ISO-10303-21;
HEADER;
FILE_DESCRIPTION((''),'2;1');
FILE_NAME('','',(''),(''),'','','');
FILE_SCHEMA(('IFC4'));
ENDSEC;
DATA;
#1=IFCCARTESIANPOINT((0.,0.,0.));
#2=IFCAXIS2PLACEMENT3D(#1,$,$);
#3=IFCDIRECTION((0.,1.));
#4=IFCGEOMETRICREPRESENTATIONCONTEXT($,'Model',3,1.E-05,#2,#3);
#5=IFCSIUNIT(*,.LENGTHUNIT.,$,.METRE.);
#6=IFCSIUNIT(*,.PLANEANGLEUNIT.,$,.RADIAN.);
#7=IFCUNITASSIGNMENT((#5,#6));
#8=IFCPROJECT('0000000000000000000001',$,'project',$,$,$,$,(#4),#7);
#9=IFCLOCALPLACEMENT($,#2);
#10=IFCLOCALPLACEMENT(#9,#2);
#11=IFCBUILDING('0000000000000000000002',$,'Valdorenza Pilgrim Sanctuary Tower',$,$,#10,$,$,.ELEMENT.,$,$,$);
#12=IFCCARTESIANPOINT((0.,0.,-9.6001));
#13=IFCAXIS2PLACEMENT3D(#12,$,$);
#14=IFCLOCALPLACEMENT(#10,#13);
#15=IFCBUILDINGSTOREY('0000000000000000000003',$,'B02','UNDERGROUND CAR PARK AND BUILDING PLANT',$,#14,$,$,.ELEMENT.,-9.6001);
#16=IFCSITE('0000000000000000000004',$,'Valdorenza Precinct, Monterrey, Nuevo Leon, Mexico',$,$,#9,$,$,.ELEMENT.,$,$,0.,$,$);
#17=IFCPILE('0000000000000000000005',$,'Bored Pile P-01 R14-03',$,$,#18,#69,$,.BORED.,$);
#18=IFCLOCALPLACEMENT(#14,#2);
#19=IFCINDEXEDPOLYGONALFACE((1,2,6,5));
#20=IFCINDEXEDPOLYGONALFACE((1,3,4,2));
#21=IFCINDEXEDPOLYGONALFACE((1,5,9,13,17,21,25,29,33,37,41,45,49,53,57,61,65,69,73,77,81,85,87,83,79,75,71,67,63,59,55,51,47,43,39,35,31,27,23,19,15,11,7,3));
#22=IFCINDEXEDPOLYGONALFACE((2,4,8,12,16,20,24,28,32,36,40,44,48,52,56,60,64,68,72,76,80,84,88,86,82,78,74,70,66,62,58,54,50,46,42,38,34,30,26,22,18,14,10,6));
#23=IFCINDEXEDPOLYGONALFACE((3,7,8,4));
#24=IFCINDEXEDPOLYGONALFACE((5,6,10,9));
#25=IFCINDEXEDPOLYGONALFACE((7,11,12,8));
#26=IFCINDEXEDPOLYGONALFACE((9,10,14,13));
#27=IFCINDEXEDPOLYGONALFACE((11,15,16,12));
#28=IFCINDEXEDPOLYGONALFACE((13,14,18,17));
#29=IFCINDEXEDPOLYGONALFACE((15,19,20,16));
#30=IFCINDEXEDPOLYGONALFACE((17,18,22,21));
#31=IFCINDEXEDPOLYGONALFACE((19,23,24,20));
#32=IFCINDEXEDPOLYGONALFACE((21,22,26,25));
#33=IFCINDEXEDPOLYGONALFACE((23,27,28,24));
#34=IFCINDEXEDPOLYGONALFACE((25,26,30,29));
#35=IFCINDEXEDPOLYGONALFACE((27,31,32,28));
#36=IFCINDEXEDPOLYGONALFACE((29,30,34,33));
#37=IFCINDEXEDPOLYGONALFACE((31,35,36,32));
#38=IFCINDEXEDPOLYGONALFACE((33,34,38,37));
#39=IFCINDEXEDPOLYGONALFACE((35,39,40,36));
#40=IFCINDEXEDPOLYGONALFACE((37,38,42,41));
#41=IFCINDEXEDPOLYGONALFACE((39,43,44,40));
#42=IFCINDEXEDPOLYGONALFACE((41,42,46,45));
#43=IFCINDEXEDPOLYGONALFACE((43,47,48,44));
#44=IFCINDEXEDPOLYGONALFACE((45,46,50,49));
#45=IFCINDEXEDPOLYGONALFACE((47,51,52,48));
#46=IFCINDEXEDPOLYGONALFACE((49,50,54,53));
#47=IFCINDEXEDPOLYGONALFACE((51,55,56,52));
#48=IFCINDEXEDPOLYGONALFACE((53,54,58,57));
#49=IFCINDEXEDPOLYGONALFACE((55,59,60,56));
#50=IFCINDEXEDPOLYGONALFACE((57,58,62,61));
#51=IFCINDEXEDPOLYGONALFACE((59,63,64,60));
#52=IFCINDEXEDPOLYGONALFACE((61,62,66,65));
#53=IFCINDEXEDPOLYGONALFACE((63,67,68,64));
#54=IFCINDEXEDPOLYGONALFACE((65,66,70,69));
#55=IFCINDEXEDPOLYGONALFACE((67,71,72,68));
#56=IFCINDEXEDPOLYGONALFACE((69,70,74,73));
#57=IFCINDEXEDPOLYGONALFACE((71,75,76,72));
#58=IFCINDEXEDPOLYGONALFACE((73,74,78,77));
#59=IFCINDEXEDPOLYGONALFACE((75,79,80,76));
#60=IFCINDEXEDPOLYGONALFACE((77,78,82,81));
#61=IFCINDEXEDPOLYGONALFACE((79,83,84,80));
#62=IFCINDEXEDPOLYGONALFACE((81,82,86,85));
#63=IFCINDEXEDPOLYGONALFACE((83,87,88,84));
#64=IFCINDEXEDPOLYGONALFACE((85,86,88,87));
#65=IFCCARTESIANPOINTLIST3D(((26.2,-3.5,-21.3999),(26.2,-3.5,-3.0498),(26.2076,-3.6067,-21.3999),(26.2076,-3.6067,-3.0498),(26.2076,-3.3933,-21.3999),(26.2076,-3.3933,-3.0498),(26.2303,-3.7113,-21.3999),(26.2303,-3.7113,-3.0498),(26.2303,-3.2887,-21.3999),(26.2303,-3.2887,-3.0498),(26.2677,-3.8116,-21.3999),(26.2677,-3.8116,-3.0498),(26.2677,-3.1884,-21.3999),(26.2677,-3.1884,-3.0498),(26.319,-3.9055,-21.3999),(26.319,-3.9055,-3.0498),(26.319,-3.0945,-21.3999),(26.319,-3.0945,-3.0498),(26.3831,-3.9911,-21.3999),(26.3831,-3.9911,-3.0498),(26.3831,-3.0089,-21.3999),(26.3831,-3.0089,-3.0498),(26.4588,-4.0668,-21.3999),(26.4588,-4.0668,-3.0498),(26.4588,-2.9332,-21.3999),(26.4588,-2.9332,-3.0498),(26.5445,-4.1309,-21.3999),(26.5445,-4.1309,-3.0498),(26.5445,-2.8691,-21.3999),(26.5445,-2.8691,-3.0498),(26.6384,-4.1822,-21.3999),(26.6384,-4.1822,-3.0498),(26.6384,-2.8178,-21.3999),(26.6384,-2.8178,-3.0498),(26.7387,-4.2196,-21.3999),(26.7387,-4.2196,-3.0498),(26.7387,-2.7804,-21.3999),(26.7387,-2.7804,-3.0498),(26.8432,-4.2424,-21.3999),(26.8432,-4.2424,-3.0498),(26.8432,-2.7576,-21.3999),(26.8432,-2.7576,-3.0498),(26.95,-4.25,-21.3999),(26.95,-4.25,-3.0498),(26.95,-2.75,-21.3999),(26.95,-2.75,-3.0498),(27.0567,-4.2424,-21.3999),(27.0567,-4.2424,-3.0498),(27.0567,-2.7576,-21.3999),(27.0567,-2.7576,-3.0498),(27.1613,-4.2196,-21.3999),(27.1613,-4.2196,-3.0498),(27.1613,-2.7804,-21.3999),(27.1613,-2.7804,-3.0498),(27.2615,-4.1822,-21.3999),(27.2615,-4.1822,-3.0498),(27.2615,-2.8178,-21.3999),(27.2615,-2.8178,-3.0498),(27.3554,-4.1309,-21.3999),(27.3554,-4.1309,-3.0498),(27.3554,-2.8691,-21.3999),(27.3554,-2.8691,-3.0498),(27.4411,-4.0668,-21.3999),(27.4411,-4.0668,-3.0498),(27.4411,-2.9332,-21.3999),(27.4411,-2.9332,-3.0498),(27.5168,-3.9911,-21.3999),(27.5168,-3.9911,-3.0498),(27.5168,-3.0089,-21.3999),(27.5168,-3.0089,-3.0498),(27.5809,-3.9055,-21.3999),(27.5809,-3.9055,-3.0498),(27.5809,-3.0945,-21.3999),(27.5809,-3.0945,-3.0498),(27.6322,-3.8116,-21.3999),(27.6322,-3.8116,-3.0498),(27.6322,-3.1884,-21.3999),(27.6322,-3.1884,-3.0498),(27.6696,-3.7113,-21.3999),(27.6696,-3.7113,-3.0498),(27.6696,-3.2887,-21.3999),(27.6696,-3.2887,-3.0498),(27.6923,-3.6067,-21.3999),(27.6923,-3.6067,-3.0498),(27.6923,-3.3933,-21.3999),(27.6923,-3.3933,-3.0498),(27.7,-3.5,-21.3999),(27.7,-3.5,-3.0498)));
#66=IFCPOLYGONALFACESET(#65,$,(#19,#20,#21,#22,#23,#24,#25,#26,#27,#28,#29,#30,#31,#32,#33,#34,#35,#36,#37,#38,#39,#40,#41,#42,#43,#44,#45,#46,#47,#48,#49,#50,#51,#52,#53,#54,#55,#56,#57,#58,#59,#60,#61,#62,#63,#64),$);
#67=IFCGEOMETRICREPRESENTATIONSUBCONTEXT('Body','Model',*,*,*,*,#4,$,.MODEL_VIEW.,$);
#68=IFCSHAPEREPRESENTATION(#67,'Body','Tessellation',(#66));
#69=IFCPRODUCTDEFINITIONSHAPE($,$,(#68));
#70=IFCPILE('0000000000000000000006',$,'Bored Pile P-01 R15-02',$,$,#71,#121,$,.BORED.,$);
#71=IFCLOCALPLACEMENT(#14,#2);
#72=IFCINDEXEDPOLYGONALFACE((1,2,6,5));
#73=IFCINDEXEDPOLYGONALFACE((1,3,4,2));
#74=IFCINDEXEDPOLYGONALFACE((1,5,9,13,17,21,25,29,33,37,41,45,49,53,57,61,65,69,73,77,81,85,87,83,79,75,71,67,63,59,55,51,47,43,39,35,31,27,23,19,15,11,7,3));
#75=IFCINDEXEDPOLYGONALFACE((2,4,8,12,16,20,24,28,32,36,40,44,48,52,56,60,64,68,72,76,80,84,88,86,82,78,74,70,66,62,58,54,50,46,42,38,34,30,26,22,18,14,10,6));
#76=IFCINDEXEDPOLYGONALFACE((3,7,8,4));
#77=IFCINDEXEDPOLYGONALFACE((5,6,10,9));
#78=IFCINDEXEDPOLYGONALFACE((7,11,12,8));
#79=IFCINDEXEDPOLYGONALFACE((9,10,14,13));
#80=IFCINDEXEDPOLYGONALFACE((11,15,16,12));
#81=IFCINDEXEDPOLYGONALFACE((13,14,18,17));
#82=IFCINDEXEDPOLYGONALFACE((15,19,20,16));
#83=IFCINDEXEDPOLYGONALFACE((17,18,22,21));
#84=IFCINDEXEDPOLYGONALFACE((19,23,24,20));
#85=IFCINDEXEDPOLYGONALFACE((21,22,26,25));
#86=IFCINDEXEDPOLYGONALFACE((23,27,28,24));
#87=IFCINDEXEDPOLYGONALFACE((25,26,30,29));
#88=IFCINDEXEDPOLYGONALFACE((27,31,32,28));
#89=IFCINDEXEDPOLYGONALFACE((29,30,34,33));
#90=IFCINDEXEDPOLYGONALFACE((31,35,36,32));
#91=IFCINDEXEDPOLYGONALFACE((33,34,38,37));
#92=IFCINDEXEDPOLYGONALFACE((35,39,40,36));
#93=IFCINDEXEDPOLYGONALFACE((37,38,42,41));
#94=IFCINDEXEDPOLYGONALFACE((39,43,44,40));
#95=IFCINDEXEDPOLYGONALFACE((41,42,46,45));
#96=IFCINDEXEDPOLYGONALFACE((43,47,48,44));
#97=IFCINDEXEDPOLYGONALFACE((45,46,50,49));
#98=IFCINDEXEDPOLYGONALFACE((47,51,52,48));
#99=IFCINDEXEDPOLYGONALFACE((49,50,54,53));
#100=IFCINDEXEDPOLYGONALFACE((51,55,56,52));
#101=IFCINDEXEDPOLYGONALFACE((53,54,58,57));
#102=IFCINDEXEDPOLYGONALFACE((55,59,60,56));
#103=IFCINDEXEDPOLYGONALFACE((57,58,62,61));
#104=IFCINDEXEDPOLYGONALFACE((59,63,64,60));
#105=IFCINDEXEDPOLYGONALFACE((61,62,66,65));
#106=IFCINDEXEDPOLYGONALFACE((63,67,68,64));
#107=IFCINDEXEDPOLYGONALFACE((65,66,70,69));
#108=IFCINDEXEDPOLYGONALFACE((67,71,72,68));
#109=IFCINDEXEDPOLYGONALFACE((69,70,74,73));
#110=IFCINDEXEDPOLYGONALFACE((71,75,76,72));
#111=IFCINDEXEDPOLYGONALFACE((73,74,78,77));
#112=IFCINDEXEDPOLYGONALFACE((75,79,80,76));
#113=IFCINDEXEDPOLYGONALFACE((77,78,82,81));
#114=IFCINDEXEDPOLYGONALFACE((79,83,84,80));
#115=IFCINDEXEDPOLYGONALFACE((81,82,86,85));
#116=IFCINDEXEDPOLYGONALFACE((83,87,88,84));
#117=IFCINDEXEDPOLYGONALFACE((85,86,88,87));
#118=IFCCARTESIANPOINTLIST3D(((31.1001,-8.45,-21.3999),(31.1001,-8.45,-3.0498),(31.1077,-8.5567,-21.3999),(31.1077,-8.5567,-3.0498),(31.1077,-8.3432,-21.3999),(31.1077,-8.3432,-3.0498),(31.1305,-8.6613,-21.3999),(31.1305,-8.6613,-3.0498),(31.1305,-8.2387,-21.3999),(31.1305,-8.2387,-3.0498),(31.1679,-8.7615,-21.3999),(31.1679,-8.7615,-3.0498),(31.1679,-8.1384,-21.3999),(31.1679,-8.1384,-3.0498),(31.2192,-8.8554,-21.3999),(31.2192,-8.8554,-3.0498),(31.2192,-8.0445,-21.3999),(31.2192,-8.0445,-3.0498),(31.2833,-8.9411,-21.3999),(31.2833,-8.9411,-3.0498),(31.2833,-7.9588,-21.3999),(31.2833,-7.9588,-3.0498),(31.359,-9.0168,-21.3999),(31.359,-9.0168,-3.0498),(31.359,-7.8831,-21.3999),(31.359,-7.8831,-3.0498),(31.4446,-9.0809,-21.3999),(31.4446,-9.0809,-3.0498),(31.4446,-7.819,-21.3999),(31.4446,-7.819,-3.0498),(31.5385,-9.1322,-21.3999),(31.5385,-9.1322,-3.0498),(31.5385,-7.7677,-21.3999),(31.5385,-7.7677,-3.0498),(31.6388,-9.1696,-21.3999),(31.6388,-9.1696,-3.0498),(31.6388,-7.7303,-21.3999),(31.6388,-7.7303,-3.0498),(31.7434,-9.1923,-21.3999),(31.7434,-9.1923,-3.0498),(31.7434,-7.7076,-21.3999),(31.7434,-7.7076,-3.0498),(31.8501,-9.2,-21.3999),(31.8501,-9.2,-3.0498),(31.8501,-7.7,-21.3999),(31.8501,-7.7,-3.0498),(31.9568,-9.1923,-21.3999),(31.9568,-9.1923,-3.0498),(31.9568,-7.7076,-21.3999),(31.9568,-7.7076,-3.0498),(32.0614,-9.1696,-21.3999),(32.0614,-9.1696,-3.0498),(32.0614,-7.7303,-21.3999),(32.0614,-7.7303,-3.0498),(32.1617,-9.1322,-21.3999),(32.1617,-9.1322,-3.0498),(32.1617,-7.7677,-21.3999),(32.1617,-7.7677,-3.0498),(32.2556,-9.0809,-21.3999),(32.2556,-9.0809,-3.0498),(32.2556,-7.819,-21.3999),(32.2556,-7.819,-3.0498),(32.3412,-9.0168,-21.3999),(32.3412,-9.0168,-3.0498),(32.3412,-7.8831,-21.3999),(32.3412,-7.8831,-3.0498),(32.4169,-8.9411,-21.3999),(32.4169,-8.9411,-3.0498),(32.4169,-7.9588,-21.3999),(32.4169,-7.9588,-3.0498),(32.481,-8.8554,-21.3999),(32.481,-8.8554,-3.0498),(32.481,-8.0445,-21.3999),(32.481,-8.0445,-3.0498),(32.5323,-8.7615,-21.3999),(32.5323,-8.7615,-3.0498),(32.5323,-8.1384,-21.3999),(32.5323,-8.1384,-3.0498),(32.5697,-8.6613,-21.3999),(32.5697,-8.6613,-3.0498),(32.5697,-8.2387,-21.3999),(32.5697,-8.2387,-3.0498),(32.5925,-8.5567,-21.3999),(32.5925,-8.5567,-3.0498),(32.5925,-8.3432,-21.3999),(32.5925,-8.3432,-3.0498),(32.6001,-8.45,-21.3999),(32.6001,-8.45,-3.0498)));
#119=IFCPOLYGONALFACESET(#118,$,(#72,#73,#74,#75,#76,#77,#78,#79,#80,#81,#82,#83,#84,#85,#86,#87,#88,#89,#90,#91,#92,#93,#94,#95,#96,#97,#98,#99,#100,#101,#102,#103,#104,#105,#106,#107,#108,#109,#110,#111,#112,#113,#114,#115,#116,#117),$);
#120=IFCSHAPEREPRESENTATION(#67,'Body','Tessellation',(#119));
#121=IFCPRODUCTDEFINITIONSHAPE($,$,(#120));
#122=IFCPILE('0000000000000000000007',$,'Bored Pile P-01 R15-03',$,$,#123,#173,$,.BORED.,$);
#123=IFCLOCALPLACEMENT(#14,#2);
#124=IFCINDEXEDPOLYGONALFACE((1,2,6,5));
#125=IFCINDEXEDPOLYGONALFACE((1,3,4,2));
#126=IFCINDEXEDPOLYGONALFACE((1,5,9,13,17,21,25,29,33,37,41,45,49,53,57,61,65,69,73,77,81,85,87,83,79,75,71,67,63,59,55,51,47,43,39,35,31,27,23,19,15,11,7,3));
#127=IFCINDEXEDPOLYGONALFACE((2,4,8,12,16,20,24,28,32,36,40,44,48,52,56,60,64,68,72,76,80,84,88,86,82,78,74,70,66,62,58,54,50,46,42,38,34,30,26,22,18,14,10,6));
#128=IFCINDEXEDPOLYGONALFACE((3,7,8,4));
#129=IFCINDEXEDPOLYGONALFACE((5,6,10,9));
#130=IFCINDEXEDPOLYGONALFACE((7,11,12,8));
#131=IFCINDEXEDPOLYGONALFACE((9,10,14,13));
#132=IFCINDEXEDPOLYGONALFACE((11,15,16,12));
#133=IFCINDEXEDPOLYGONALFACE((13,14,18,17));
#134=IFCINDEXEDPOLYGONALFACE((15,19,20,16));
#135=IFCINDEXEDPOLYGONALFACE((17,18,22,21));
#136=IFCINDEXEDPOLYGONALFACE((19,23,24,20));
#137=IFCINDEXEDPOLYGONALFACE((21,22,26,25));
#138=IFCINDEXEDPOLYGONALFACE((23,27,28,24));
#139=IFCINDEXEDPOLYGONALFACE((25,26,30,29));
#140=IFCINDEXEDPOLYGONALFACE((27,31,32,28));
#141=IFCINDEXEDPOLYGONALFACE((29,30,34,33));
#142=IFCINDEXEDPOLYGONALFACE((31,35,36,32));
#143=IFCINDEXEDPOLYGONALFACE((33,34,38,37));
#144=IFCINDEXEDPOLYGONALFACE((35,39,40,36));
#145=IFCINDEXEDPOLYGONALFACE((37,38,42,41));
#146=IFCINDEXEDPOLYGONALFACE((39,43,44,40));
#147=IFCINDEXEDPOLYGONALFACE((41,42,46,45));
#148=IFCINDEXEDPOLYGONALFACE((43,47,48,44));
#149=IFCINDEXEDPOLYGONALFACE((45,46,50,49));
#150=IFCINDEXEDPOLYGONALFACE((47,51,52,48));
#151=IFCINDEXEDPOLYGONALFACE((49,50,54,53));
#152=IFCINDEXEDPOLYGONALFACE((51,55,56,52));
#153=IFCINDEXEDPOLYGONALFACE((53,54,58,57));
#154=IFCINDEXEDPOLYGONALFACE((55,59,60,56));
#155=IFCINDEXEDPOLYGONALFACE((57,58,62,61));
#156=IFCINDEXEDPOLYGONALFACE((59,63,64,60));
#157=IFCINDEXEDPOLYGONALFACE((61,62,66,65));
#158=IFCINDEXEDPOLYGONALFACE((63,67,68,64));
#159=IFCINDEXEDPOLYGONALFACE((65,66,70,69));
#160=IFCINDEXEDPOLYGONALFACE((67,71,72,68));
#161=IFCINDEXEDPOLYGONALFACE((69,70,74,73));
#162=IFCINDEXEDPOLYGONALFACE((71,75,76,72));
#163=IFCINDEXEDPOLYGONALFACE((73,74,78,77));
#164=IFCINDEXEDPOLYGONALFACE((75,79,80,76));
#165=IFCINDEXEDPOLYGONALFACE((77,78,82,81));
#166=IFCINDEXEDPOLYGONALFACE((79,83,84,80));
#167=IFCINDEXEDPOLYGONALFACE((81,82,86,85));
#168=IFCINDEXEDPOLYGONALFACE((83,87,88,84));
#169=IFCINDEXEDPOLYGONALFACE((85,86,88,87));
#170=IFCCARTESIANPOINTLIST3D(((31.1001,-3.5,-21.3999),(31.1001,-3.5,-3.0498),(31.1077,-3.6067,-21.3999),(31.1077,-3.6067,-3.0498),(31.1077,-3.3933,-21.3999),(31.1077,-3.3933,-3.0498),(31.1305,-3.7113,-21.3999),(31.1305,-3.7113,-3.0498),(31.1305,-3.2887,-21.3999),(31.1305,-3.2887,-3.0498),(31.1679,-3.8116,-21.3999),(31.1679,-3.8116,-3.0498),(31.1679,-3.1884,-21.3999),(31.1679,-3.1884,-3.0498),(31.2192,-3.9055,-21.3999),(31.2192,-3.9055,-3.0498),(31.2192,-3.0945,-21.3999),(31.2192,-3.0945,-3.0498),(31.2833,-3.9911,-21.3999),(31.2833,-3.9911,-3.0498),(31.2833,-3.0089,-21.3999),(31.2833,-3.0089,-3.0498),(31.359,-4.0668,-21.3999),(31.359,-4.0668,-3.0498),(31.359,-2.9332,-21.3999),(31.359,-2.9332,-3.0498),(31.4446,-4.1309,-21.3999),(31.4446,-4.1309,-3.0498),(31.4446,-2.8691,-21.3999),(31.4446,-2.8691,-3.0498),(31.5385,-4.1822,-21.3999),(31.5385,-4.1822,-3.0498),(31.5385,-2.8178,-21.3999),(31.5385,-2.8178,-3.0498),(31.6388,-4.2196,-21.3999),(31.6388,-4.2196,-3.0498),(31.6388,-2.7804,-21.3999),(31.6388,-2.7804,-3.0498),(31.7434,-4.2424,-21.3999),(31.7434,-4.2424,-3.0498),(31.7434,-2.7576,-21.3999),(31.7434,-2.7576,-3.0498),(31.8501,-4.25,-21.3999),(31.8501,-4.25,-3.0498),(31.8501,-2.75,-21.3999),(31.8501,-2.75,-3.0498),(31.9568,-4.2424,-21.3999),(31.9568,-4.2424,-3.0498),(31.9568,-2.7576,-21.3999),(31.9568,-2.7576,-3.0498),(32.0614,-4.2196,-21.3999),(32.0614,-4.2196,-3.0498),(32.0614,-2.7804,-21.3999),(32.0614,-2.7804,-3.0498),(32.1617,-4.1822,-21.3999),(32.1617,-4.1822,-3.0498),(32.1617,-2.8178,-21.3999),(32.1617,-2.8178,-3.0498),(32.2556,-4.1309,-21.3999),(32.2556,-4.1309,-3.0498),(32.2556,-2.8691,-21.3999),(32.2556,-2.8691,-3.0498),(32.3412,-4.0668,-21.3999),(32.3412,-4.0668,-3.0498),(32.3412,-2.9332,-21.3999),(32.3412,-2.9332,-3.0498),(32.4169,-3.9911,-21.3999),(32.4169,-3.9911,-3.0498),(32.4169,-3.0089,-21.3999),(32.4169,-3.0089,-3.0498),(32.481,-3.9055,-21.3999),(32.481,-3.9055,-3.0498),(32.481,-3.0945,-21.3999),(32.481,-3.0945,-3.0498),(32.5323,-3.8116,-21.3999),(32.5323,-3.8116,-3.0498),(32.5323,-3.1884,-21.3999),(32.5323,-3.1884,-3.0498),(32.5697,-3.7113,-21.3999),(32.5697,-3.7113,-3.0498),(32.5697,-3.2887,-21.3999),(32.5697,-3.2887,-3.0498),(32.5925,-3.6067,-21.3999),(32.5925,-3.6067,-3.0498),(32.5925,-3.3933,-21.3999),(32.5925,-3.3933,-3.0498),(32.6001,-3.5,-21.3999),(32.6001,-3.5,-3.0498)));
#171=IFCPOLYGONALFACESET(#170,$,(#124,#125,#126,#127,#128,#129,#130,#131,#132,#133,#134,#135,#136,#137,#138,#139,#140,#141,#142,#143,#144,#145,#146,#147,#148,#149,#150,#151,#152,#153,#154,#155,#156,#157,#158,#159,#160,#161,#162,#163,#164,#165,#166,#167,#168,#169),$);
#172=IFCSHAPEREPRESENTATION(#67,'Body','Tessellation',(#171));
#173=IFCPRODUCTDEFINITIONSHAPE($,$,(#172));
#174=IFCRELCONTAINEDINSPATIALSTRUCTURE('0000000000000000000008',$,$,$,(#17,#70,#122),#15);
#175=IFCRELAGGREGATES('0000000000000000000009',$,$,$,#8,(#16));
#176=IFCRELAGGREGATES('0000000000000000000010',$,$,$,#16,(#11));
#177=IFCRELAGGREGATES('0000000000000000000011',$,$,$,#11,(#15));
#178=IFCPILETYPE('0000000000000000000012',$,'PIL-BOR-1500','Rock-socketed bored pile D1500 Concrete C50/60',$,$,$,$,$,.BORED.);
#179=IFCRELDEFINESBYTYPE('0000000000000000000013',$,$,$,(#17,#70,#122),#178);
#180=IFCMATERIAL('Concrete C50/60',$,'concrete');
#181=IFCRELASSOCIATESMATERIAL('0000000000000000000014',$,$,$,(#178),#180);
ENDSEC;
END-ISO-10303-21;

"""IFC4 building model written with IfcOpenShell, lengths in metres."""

from ifc_helpers import new_model, si_unit, direction, frame, origin, origin_2d, place, context, subcontext, project, spatial, circle, extrude, source, transform, mapped, material, material_profile, profile_set, type_object, element, save


model = new_model("IFC4")

# Units and contexts
model_context = context("Model", 3, precision=1e-05, world=origin(), true_north=direction((0.0, 1.0)))
body_context = subcontext(model_context, "Body", "Model", "MODEL_VIEW")
ifc_project = project(units=[si_unit("LENGTHUNIT", "METRE"), si_unit("PLANEANGLEUNIT", "RADIAN")], contexts=[model_context])

# Site, building, storey
site_placement = place(None, origin())
site = spatial("IfcSite", under=ifc_project, at=site_placement, Name="Valdorenza Precinct, Monterrey, Nuevo Leon, Mexico", CompositionType="ELEMENT", RefElevation=0.0)
building_placement = place(site_placement, origin())
building = spatial("IfcBuilding", under=site, at=building_placement, Name="Valdorenza Pilgrim Sanctuary Tower", CompositionType="ELEMENT")
storey_placement = place(building_placement, frame((0.0, 0.0, -9.6001)))
storey = spatial("IfcBuildingStorey", under=building, at=storey_placement, Name="B02", Description="UNDERGROUND CAR PARK AND BUILDING PLANT", CompositionType="ELEMENT", Elevation=-9.6001)

# Piles
ifc_material_1 = material(Name="Concrete C50/60", Category="concrete")
ifc_material_profile_1 = material_profile(ifc_material_1, circle(Radius=0.75, at=origin_2d()), Name="BORED PILE 1500")
ifc_profile_set_1 = profile_set([ifc_material_profile_1], Name="Concrete C50/60")
pile_type = type_object("IfcPileType", Name="PIL-BOR-1500", Description="Rock-socketed bored pile D1500 Concrete C50/60", PredefinedType="BORED", material=ifc_profile_set_1)
shared_shape_1 = source(origin(), body_context, "Body", "SweptSolid", [
    extrude(circle(Radius=0.75, at=origin_2d()), origin(), (0.0, 0.0, 1.0), 18.3501),
])
for number, where, z_axis, x_axis, name in (
    (1, (26.95, -3.5, -3.0498), (0.0, 0.0, -1.0), (1.0, 0.0, 0.0), "Bored Pile P-01 R14-03"),
    (2, (31.8501, -8.45, -3.0498), (0.0, 0.0, -1.0), (1.0, 0.0, 0.0), "Bored Pile P-01 R15-02"),
    (3, (31.8501, -3.5, -3.0498), (0.0, 0.0, -1.0), (1.0, 0.0, 0.0), "Bored Pile P-01 R15-03"),
):
    element("IfcPile", number, at=place(storey_placement, frame(where, z_axis=z_axis, x_axis=x_axis)), inside=storey, type_object=pile_type, Name=name, PredefinedType="BORED", context=body_context, shape_type="MappedRepresentation", body=[
        mapped(shared_shape_1, transform((0.0, 0.0, 0.0), x_axis=(1.0, 0.0, 0.0), y_axis=(0.0, 1.0, 0.0), z_axis=(0.0, 0.0, 1.0), scale=1.0)),
    ])

save(model, "model.ifc")
